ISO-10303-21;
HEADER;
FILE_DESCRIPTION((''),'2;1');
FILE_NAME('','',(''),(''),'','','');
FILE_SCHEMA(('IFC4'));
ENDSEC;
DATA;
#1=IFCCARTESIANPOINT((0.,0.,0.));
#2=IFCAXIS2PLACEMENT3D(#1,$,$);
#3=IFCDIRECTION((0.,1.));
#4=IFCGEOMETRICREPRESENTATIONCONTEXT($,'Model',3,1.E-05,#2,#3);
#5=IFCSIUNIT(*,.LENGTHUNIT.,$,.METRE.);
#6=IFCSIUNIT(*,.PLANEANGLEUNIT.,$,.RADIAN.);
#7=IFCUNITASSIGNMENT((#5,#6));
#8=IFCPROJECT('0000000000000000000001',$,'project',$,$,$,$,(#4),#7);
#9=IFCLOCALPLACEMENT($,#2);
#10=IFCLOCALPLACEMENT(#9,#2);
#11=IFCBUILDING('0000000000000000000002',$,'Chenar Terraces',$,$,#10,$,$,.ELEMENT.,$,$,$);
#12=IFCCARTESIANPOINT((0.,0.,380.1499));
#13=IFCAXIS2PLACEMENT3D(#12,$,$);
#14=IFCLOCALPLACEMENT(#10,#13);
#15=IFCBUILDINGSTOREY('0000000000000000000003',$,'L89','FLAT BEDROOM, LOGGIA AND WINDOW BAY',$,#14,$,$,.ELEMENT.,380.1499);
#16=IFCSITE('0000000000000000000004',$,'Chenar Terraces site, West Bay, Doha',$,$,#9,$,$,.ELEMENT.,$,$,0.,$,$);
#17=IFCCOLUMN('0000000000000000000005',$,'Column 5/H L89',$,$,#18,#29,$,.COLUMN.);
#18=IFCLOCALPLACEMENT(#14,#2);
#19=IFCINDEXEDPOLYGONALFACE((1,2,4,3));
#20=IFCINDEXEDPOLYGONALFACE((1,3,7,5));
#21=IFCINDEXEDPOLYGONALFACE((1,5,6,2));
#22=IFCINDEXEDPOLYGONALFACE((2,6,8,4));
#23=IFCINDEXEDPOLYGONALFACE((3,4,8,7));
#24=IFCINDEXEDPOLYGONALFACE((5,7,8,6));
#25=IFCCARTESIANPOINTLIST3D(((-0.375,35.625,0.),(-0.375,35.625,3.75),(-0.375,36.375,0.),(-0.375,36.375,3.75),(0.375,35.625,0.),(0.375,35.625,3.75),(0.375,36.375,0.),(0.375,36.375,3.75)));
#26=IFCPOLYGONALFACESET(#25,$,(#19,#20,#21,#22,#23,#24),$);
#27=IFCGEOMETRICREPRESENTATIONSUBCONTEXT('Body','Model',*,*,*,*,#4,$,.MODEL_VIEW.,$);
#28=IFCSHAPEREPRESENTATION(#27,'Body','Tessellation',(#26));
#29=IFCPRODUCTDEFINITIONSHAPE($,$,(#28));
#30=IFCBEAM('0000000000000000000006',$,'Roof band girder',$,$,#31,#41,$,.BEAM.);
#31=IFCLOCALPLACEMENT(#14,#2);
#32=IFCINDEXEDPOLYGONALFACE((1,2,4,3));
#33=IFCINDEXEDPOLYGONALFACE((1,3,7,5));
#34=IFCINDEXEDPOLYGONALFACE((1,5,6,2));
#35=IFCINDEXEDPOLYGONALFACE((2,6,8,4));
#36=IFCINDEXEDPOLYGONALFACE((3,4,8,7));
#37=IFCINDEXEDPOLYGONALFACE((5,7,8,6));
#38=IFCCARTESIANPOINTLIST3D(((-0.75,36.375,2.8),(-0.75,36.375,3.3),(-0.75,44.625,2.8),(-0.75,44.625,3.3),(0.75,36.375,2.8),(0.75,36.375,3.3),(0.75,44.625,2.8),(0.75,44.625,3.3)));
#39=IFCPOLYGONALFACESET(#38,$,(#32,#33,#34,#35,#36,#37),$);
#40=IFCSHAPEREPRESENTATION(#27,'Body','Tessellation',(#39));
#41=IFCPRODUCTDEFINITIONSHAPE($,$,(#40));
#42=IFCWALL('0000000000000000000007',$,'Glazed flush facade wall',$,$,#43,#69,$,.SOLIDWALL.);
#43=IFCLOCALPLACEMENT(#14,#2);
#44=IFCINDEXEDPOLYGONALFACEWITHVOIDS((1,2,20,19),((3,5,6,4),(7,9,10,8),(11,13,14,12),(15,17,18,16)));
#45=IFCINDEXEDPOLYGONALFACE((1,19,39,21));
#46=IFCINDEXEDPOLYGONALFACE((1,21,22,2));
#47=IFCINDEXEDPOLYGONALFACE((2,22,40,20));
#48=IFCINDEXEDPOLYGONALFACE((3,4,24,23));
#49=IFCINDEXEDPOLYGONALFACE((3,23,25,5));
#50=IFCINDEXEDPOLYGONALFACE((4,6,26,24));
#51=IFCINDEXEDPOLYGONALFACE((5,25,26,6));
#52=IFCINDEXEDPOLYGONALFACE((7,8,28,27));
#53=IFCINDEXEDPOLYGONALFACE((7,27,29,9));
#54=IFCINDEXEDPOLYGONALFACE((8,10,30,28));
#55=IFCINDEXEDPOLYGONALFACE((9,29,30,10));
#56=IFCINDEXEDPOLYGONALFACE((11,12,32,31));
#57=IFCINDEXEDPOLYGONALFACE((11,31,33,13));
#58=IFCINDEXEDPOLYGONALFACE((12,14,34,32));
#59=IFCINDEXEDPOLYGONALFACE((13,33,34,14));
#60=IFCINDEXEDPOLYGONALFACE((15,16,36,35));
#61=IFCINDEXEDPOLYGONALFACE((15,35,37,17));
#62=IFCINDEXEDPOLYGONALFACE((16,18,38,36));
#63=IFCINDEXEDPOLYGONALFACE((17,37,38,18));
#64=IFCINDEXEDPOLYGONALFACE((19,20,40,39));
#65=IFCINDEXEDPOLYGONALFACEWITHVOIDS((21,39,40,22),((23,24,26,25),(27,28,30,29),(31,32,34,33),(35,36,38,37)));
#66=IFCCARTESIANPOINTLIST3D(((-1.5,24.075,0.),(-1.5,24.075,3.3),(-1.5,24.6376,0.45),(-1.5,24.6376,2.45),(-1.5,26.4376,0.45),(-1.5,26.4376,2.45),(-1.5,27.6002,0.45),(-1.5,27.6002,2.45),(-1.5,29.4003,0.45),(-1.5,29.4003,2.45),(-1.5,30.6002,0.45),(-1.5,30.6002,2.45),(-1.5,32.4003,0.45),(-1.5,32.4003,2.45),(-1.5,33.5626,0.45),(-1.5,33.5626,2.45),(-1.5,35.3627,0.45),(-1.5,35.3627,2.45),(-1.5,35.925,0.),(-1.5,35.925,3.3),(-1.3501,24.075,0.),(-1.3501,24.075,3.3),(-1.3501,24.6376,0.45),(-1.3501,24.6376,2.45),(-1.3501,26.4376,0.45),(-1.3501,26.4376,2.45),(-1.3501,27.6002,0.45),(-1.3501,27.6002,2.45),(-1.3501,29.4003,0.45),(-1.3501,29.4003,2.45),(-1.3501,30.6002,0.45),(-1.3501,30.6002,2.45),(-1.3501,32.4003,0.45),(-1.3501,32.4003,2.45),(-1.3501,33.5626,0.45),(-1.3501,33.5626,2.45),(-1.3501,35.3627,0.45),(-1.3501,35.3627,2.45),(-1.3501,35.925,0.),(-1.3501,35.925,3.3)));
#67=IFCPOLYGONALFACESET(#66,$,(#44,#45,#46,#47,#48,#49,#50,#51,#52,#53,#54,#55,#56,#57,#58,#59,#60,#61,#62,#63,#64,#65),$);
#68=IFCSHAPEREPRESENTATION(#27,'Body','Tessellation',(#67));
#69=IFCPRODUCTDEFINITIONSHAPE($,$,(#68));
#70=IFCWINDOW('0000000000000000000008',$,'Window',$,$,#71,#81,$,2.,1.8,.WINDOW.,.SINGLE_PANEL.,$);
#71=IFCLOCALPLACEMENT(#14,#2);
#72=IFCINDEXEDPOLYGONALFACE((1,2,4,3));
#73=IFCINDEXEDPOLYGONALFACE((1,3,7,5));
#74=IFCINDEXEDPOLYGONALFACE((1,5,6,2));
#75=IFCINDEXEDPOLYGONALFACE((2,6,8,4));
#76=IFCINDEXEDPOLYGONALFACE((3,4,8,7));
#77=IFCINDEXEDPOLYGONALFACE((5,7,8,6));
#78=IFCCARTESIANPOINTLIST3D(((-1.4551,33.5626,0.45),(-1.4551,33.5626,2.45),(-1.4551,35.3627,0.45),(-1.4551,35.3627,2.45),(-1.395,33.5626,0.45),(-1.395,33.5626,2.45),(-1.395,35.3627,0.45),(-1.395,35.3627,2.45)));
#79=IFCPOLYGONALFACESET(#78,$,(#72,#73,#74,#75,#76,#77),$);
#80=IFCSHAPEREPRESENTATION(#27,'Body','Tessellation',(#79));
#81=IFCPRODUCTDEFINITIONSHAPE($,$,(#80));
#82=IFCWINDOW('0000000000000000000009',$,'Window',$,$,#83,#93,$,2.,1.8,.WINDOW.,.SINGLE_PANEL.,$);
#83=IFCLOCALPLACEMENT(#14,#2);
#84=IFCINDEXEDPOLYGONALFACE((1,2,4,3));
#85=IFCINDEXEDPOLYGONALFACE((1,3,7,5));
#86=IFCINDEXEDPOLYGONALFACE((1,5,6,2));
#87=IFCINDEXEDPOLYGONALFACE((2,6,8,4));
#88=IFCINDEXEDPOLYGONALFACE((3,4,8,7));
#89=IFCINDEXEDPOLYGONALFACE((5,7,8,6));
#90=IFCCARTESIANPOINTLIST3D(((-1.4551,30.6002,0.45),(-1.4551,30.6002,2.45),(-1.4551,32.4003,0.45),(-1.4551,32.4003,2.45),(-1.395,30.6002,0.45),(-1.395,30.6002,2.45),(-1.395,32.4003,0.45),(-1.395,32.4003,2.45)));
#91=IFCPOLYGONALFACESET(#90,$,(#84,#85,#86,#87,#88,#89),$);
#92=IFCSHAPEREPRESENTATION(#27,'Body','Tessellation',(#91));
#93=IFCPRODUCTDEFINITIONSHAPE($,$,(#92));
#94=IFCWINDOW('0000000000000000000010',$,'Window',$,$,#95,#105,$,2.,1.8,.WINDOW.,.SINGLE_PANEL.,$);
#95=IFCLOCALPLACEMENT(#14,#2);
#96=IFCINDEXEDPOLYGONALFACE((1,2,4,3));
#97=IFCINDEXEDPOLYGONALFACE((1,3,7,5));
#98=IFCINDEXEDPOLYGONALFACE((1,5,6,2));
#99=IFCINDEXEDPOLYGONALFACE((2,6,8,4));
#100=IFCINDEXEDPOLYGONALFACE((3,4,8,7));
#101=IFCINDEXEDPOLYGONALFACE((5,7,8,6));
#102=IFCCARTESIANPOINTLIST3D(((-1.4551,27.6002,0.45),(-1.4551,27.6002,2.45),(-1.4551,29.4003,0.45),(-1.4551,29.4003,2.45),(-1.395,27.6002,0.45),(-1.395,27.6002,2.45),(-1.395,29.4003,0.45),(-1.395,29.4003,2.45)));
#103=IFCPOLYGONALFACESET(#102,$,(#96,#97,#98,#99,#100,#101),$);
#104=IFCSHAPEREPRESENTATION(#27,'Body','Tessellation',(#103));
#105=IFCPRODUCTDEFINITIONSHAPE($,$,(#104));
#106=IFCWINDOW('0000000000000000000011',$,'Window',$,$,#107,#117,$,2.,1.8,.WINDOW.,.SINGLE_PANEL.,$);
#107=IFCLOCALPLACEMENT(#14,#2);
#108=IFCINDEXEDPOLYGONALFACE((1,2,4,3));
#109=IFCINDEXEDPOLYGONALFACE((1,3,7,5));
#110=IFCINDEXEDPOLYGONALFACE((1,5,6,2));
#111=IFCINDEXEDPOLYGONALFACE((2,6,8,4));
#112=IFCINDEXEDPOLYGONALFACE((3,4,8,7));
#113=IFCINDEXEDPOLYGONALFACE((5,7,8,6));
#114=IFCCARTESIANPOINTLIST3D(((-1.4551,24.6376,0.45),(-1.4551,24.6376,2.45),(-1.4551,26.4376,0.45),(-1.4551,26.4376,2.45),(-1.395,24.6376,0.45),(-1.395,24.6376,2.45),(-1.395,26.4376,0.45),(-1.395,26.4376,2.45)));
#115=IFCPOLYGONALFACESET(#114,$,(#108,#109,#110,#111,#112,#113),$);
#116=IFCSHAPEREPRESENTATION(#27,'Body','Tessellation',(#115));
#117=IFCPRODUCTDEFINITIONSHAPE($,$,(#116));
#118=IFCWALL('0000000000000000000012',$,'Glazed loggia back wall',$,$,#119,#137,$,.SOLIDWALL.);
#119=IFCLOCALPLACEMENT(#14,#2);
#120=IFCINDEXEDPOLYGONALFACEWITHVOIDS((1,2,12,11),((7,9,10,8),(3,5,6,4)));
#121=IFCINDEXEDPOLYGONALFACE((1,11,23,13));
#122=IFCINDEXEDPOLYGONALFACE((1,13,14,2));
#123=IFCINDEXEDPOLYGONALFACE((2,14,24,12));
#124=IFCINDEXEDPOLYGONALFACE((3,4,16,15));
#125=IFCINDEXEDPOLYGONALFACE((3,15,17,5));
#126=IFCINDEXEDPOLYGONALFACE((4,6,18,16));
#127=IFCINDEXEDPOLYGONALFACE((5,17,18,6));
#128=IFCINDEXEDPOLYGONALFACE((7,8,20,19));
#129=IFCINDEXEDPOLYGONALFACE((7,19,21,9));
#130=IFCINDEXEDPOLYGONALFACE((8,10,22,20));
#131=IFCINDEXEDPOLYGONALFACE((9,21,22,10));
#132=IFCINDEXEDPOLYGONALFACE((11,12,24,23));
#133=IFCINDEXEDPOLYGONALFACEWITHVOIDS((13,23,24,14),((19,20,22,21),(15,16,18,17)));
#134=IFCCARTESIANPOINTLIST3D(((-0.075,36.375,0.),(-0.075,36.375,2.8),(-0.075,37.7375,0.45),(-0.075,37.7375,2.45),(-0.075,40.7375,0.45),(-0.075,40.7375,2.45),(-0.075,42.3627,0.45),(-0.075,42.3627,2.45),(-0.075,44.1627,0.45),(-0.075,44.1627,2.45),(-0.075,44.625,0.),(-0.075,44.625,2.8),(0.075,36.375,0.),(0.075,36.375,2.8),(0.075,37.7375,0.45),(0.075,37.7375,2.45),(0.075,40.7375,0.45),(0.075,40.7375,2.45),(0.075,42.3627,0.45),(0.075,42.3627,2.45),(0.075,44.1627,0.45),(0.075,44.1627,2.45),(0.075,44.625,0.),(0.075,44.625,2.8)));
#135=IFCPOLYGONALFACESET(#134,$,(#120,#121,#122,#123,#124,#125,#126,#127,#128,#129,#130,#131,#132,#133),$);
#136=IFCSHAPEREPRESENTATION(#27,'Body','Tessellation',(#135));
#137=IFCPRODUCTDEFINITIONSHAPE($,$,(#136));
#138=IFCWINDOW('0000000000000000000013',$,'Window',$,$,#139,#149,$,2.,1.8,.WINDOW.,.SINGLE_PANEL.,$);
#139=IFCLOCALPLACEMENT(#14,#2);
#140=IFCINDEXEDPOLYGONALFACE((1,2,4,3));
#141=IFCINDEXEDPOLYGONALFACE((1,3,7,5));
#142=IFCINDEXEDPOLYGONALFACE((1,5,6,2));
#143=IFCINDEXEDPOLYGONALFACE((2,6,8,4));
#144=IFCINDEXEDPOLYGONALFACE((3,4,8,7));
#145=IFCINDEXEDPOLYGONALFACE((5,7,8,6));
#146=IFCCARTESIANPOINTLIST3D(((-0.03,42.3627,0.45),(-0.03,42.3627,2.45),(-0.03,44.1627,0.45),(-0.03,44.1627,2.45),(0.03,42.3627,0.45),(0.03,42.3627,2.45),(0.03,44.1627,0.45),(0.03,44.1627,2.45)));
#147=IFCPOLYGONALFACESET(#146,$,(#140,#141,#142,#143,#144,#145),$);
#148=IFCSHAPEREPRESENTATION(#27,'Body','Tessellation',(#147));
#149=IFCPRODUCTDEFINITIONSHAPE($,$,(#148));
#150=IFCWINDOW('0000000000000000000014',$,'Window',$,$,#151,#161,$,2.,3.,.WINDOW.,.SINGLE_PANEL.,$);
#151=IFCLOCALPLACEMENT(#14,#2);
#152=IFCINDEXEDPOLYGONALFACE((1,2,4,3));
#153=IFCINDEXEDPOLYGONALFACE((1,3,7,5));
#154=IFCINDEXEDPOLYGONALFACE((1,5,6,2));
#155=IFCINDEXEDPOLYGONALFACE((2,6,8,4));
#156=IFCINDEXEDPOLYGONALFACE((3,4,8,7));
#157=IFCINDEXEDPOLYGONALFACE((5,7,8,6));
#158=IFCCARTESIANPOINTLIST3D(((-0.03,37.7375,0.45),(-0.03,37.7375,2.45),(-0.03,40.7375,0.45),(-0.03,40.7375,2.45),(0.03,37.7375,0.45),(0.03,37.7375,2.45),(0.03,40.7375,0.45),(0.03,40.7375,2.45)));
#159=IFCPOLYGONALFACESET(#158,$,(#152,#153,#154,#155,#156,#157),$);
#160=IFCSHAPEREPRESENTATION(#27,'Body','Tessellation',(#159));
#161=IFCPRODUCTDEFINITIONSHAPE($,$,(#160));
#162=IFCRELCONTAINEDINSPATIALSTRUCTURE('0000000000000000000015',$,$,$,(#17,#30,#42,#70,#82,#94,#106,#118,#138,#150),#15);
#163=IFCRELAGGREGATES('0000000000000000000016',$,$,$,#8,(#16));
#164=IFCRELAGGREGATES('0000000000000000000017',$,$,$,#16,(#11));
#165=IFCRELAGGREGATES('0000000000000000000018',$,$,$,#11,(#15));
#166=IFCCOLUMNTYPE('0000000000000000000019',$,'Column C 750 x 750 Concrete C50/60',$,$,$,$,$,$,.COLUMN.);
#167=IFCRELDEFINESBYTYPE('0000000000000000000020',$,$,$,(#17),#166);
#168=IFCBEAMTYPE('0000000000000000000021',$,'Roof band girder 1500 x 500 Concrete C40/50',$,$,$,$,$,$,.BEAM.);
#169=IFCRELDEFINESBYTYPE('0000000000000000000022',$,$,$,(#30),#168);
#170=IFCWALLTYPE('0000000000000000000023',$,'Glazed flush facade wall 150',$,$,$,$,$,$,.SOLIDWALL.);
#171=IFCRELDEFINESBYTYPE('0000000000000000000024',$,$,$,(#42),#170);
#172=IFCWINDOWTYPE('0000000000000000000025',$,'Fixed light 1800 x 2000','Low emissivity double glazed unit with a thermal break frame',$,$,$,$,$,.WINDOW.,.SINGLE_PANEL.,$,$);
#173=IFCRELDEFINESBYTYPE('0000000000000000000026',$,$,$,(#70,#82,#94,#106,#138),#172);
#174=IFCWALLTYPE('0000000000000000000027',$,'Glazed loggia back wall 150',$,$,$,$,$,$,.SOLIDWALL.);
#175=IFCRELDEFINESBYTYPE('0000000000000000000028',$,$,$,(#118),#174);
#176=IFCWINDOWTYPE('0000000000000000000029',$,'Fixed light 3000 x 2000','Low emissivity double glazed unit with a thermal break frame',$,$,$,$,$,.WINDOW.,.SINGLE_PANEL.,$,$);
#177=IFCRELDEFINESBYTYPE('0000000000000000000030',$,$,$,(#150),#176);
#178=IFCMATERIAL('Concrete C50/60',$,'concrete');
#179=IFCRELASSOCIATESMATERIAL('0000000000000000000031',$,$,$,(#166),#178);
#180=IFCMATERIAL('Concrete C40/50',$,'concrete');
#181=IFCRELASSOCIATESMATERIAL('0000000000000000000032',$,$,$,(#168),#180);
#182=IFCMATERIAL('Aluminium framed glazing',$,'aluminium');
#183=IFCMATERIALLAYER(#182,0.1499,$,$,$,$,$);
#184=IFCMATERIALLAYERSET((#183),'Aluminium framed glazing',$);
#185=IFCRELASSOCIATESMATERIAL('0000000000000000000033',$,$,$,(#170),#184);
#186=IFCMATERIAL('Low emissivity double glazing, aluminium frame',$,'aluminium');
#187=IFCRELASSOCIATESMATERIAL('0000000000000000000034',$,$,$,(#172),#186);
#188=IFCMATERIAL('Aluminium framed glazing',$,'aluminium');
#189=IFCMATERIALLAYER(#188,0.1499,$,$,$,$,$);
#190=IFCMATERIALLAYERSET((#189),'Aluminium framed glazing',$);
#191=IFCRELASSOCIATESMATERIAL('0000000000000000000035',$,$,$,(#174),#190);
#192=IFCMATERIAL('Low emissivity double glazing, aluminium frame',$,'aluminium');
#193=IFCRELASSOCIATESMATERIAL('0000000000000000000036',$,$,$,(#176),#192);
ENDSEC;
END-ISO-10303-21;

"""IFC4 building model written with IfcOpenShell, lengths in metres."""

from ifc_helpers import new_model, si_unit, direction, frame, frame_2d, origin, origin_2d, place, context, subcontext, project, spatial, rectangle, extrude, material, layer, layer_set, material_profile, profile_set, type_object, element, fill, save


model = new_model("IFC4")

# Units and contexts
model_context = context("Model", 3, precision=1e-05, world=origin(), true_north=direction((0.0, 1.0)))
body_context = subcontext(model_context, "Body", "Model", "MODEL_VIEW")
ifc_project = project(units=[si_unit("LENGTHUNIT", "METRE"), si_unit("PLANEANGLEUNIT", "RADIAN")], contexts=[model_context])

# Site, building, storey
site_placement = place(None, origin())
site = spatial("IfcSite", under=ifc_project, at=site_placement, Name="Chenar Terraces site, West Bay, Doha", CompositionType="ELEMENT", RefElevation=0.0)
building_placement = place(site_placement, origin())
building = spatial("IfcBuilding", under=site, at=building_placement, Name="Chenar Terraces", CompositionType="ELEMENT")
storey_placement = place(building_placement, frame((0.0, 0.0, 380.1499)))
storey = spatial("IfcBuildingStorey", under=building, at=storey_placement, Name="L89", Description="FLAT BEDROOM, LOGGIA AND WINDOW BAY", CompositionType="ELEMENT", Elevation=380.1499)

# Column
ifc_material_1 = material(Name="Concrete C50/60", Category="concrete")
ifc_material_profile_1 = material_profile(ifc_material_1, rectangle(XDim=0.75, YDim=0.75, at=origin_2d()), Name="C 750 x 750")
ifc_profile_set_1 = profile_set([ifc_material_profile_1], Name="Concrete C50/60")
column_type = type_object("IfcColumnType", Name="Column C 750 x 750 Concrete C50/60", PredefinedType="COLUMN", material=ifc_profile_set_1)
placement = place(storey_placement, frame((0.0, 36.0, 0.0), z_axis=(0.0, 0.0, 1.0), x_axis=(1.0, 0.0, 0.0)))
element("IfcColumn", 1, at=placement, inside=storey, type_object=column_type, Name="Column 5/H L89", PredefinedType="COLUMN", context=body_context, shape_type="SweptSolid", body=[
    extrude(rectangle(XDim=0.75, YDim=0.75, at=origin_2d()), origin(), (0.0, 0.0, 1.0), 3.75),
])

# Beam
ifc_material_2 = material(Name="Concrete C40/50", Category="concrete")
ifc_material_profile_2 = material_profile(ifc_material_2, rectangle(XDim=1.5, YDim=0.5, at=origin_2d()), Name="RC 1500 x 500")
ifc_profile_set_2 = profile_set([ifc_material_profile_2], Name="Concrete C40/50")
beam_type = type_object("IfcBeamType", Name="Roof band girder 1500 x 500 Concrete C40/50", PredefinedType="BEAM", material=ifc_profile_set_2)
beam_placement = place(storey_placement, frame((0.0, 36.375, 3.05), z_axis=(0.0, 1.0, 0.0), x_axis=(-1.0, 0.0, 0.0)))
element("IfcBeam", 2, at=beam_placement, inside=storey, type_object=beam_type, Name="Roof band girder", PredefinedType="BEAM", context=body_context, shape_type="SweptSolid", body=[
    extrude(rectangle(XDim=1.5, YDim=0.5, at=origin_2d()), origin(), (0.0, 0.0, 1.0), 8.25),
])

# Walls, openings, windows
ifc_material_3 = material(Name="Aluminium framed glazing", Category="aluminium")
ifc_layer_1 = layer(ifc_material_3, 0.1499)
ifc_layer_set_1 = layer_set([ifc_layer_1], Name="Aluminium framed glazing")
wall_type_1 = type_object("IfcWallType", Name="Glazed flush facade wall 150", PredefinedType="SOLIDWALL", material=ifc_layer_set_1)
wall_1_placement = place(storey_placement, frame((-1.425, 35.925, 0.0), z_axis=(0.0, 0.0, 1.0), x_axis=(0.0, -1.0, 0.0)))
wall_1 = element("IfcWall", 3, at=wall_1_placement, inside=storey, type_object=wall_type_1, Name="Glazed flush facade wall", PredefinedType="SOLIDWALL", context=body_context, shape_type="SweptSolid", body=[
    extrude(rectangle(XDim=11.8501, YDim=0.1499, at=frame_2d((5.925, 0.0))), origin(), (0.0, 0.0, 1.0), 3.3),
])
opening_1_placement = place(wall_1_placement, frame((0.5625, 0.0, 0.45)))
opening_1 = element("IfcOpeningElement", 4, at=opening_1_placement, cuts=wall_1, PredefinedType="OPENING", context=body_context, shape_type="SweptSolid", body=[
    extrude(rectangle(XDim=1.8, YDim=2.0, at=frame_2d((0.8999, 1.0))), frame((0.0, 0.085, 0.0), z_axis=(0.0, -1.0, 0.0), x_axis=(1.0, 0.0, 0.0)), (0.0, 0.0, 1.0), 0.1699),
])
opening_2_placement = place(wall_1_placement, frame((3.5249, 0.0, 0.45)))
opening_2 = element("IfcOpeningElement", 5, at=opening_2_placement, cuts=wall_1, PredefinedType="OPENING", context=body_context, shape_type="SweptSolid", body=[
    extrude(rectangle(XDim=1.8, YDim=2.0, at=frame_2d((0.8999, 1.0))), frame((0.0, 0.085, 0.0), z_axis=(0.0, -1.0, 0.0), x_axis=(1.0, 0.0, 0.0)), (0.0, 0.0, 1.0), 0.1699),
])
opening_3_placement = place(wall_1_placement, frame((6.5249, 0.0, 0.45)))
opening_3 = element("IfcOpeningElement", 6, at=opening_3_placement, cuts=wall_1, PredefinedType="OPENING", context=body_context, shape_type="SweptSolid", body=[
    extrude(rectangle(XDim=1.8, YDim=2.0, at=frame_2d((0.8999, 1.0))), frame((0.0, 0.085, 0.0), z_axis=(0.0, -1.0, 0.0), x_axis=(1.0, 0.0, 0.0)), (0.0, 0.0, 1.0), 0.1699),
])
opening_4_placement = place(wall_1_placement, frame((9.4875, 0.0, 0.45)))
opening_4 = element("IfcOpeningElement", 7, at=opening_4_placement, cuts=wall_1, PredefinedType="OPENING", context=body_context, shape_type="SweptSolid", body=[
    extrude(rectangle(XDim=1.8, YDim=2.0, at=frame_2d((0.8999, 1.0))), frame((0.0, 0.085, 0.0), z_axis=(0.0, -1.0, 0.0), x_axis=(1.0, 0.0, 0.0)), (0.0, 0.0, 1.0), 0.1699),
])
ifc_material_4 = material(Name="Low emissivity double glazing, aluminium frame", Category="aluminium")
window_type_1 = type_object("IfcWindowType", Name="Fixed light 1800 x 2000", Description="Low emissivity double glazed unit with a thermal break frame", PartitioningType="SINGLE_PANEL", PredefinedType="WINDOW", material=ifc_material_4)
window_1_placement = place(opening_1_placement, origin())
window_1 = element("IfcWindow", 8, at=window_1_placement, inside=storey, type_object=window_type_1, Name="Window", OverallHeight=2.0, OverallWidth=1.8, PartitioningType="SINGLE_PANEL", PredefinedType="WINDOW", context=body_context, shape_type="SweptSolid", body=[
    extrude(rectangle(XDim=1.8, YDim=2.0, at=frame_2d((0.8999, 1.0))), frame((0.0, 0.03, 0.0), z_axis=(0.0, -1.0, 0.0), x_axis=(1.0, 0.0, 0.0)), (0.0, 0.0, 1.0), 0.0601),
])
fill(opening_1, window_1)
window_2_placement = place(opening_2_placement, origin())
window_2 = element("IfcWindow", 9, at=window_2_placement, inside=storey, type_object=window_type_1, Name="Window", OverallHeight=2.0, OverallWidth=1.8, PartitioningType="SINGLE_PANEL", PredefinedType="WINDOW", context=body_context, shape_type="SweptSolid", body=[
    extrude(rectangle(XDim=1.8, YDim=2.0, at=frame_2d((0.8999, 1.0))), frame((0.0, 0.03, 0.0), z_axis=(0.0, -1.0, 0.0), x_axis=(1.0, 0.0, 0.0)), (0.0, 0.0, 1.0), 0.0601),
])
fill(opening_2, window_2)
window_3_placement = place(opening_3_placement, origin())
window_3 = element("IfcWindow", 10, at=window_3_placement, inside=storey, type_object=window_type_1, Name="Window", OverallHeight=2.0, OverallWidth=1.8, PartitioningType="SINGLE_PANEL", PredefinedType="WINDOW", context=body_context, shape_type="SweptSolid", body=[
    extrude(rectangle(XDim=1.8, YDim=2.0, at=frame_2d((0.8999, 1.0))), frame((0.0, 0.03, 0.0), z_axis=(0.0, -1.0, 0.0), x_axis=(1.0, 0.0, 0.0)), (0.0, 0.0, 1.0), 0.0601),
])
fill(opening_3, window_3)
window_4_placement = place(opening_4_placement, origin())
window_4 = element("IfcWindow", 11, at=window_4_placement, inside=storey, type_object=window_type_1, Name="Window", OverallHeight=2.0, OverallWidth=1.8, PartitioningType="SINGLE_PANEL", PredefinedType="WINDOW", context=body_context, shape_type="SweptSolid", body=[
    extrude(rectangle(XDim=1.8, YDim=2.0, at=frame_2d((0.8999, 1.0))), frame((0.0, 0.03, 0.0), z_axis=(0.0, -1.0, 0.0), x_axis=(1.0, 0.0, 0.0)), (0.0, 0.0, 1.0), 0.0601),
])
fill(opening_4, window_4)
ifc_material_5 = material(Name="Aluminium framed glazing", Category="aluminium")
ifc_layer_2 = layer(ifc_material_5, 0.1499)
ifc_layer_set_2 = layer_set([ifc_layer_2], Name="Aluminium framed glazing")
wall_type_2 = type_object("IfcWallType", Name="Glazed loggia back wall 150", PredefinedType="SOLIDWALL", material=ifc_layer_set_2)
wall_2_placement = place(storey_placement, frame((0.0, 44.625, 0.0), z_axis=(0.0, 0.0, 1.0), x_axis=(0.0, -1.0, 0.0)))
wall_2 = element("IfcWall", 12, at=wall_2_placement, inside=storey, type_object=wall_type_2, Name="Glazed loggia back wall", PredefinedType="SOLIDWALL", context=body_context, shape_type="SweptSolid", body=[
    extrude(rectangle(XDim=8.25, YDim=0.1499, at=frame_2d((4.125, 0.0))), origin(), (0.0, 0.0, 1.0), 2.8),
])
opening_5_placement = place(wall_2_placement, frame((0.4624, 0.0, 0.45)))
opening_5 = element("IfcOpeningElement", 13, at=opening_5_placement, cuts=wall_2, PredefinedType="OPENING", context=body_context, shape_type="SweptSolid", body=[
    extrude(rectangle(XDim=1.8, YDim=2.0, at=frame_2d((0.8999, 1.0))), frame((0.0, 0.085, 0.0), z_axis=(0.0, -1.0, 0.0), x_axis=(1.0, 0.0, 0.0)), (0.0, 0.0, 1.0), 0.1699),
])
opening_6_placement = place(wall_2_placement, frame((3.8875, 0.0, 0.45)))
opening_6 = element("IfcOpeningElement", 14, at=opening_6_placement, cuts=wall_2, PredefinedType="OPENING", context=body_context, shape_type="SweptSolid", body=[
    extrude(rectangle(XDim=3.0, YDim=2.0, at=frame_2d((1.5, 1.0))), frame((0.0, 0.085, 0.0), z_axis=(0.0, -1.0, 0.0), x_axis=(1.0, 0.0, 0.0)), (0.0, 0.0, 1.0), 0.1699),
])
window_5_placement = place(opening_5_placement, origin())
window_5 = element("IfcWindow", 15, at=window_5_placement, inside=storey, type_object=window_type_1, Name="Window", OverallHeight=2.0, OverallWidth=1.8, PartitioningType="SINGLE_PANEL", PredefinedType="WINDOW", context=body_context, shape_type="SweptSolid", body=[
    extrude(rectangle(XDim=1.8, YDim=2.0, at=frame_2d((0.8999, 1.0))), frame((0.0, 0.03, 0.0), z_axis=(0.0, -1.0, 0.0), x_axis=(1.0, 0.0, 0.0)), (0.0, 0.0, 1.0), 0.0601),
])
fill(opening_5, window_5)
ifc_material_6 = material(Name="Low emissivity double glazing, aluminium frame", Category="aluminium")
window_type_2 = type_object("IfcWindowType", Name="Fixed light 3000 x 2000", Description="Low emissivity double glazed unit with a thermal break frame", PartitioningType="SINGLE_PANEL", PredefinedType="WINDOW", material=ifc_material_6)
window_6_placement = place(opening_6_placement, origin())
window_6 = element("IfcWindow", 16, at=window_6_placement, inside=storey, type_object=window_type_2, Name="Window", OverallHeight=2.0, OverallWidth=3.0, PartitioningType="SINGLE_PANEL", PredefinedType="WINDOW", context=body_context, shape_type="SweptSolid", body=[
    extrude(rectangle(XDim=3.0, YDim=2.0, at=frame_2d((1.5, 1.0))), frame((0.0, 0.03, 0.0), z_axis=(0.0, -1.0, 0.0), x_axis=(1.0, 0.0, 0.0)), (0.0, 0.0, 1.0), 0.0601),
])
fill(opening_6, window_6)

save(model, "model.ifc")
